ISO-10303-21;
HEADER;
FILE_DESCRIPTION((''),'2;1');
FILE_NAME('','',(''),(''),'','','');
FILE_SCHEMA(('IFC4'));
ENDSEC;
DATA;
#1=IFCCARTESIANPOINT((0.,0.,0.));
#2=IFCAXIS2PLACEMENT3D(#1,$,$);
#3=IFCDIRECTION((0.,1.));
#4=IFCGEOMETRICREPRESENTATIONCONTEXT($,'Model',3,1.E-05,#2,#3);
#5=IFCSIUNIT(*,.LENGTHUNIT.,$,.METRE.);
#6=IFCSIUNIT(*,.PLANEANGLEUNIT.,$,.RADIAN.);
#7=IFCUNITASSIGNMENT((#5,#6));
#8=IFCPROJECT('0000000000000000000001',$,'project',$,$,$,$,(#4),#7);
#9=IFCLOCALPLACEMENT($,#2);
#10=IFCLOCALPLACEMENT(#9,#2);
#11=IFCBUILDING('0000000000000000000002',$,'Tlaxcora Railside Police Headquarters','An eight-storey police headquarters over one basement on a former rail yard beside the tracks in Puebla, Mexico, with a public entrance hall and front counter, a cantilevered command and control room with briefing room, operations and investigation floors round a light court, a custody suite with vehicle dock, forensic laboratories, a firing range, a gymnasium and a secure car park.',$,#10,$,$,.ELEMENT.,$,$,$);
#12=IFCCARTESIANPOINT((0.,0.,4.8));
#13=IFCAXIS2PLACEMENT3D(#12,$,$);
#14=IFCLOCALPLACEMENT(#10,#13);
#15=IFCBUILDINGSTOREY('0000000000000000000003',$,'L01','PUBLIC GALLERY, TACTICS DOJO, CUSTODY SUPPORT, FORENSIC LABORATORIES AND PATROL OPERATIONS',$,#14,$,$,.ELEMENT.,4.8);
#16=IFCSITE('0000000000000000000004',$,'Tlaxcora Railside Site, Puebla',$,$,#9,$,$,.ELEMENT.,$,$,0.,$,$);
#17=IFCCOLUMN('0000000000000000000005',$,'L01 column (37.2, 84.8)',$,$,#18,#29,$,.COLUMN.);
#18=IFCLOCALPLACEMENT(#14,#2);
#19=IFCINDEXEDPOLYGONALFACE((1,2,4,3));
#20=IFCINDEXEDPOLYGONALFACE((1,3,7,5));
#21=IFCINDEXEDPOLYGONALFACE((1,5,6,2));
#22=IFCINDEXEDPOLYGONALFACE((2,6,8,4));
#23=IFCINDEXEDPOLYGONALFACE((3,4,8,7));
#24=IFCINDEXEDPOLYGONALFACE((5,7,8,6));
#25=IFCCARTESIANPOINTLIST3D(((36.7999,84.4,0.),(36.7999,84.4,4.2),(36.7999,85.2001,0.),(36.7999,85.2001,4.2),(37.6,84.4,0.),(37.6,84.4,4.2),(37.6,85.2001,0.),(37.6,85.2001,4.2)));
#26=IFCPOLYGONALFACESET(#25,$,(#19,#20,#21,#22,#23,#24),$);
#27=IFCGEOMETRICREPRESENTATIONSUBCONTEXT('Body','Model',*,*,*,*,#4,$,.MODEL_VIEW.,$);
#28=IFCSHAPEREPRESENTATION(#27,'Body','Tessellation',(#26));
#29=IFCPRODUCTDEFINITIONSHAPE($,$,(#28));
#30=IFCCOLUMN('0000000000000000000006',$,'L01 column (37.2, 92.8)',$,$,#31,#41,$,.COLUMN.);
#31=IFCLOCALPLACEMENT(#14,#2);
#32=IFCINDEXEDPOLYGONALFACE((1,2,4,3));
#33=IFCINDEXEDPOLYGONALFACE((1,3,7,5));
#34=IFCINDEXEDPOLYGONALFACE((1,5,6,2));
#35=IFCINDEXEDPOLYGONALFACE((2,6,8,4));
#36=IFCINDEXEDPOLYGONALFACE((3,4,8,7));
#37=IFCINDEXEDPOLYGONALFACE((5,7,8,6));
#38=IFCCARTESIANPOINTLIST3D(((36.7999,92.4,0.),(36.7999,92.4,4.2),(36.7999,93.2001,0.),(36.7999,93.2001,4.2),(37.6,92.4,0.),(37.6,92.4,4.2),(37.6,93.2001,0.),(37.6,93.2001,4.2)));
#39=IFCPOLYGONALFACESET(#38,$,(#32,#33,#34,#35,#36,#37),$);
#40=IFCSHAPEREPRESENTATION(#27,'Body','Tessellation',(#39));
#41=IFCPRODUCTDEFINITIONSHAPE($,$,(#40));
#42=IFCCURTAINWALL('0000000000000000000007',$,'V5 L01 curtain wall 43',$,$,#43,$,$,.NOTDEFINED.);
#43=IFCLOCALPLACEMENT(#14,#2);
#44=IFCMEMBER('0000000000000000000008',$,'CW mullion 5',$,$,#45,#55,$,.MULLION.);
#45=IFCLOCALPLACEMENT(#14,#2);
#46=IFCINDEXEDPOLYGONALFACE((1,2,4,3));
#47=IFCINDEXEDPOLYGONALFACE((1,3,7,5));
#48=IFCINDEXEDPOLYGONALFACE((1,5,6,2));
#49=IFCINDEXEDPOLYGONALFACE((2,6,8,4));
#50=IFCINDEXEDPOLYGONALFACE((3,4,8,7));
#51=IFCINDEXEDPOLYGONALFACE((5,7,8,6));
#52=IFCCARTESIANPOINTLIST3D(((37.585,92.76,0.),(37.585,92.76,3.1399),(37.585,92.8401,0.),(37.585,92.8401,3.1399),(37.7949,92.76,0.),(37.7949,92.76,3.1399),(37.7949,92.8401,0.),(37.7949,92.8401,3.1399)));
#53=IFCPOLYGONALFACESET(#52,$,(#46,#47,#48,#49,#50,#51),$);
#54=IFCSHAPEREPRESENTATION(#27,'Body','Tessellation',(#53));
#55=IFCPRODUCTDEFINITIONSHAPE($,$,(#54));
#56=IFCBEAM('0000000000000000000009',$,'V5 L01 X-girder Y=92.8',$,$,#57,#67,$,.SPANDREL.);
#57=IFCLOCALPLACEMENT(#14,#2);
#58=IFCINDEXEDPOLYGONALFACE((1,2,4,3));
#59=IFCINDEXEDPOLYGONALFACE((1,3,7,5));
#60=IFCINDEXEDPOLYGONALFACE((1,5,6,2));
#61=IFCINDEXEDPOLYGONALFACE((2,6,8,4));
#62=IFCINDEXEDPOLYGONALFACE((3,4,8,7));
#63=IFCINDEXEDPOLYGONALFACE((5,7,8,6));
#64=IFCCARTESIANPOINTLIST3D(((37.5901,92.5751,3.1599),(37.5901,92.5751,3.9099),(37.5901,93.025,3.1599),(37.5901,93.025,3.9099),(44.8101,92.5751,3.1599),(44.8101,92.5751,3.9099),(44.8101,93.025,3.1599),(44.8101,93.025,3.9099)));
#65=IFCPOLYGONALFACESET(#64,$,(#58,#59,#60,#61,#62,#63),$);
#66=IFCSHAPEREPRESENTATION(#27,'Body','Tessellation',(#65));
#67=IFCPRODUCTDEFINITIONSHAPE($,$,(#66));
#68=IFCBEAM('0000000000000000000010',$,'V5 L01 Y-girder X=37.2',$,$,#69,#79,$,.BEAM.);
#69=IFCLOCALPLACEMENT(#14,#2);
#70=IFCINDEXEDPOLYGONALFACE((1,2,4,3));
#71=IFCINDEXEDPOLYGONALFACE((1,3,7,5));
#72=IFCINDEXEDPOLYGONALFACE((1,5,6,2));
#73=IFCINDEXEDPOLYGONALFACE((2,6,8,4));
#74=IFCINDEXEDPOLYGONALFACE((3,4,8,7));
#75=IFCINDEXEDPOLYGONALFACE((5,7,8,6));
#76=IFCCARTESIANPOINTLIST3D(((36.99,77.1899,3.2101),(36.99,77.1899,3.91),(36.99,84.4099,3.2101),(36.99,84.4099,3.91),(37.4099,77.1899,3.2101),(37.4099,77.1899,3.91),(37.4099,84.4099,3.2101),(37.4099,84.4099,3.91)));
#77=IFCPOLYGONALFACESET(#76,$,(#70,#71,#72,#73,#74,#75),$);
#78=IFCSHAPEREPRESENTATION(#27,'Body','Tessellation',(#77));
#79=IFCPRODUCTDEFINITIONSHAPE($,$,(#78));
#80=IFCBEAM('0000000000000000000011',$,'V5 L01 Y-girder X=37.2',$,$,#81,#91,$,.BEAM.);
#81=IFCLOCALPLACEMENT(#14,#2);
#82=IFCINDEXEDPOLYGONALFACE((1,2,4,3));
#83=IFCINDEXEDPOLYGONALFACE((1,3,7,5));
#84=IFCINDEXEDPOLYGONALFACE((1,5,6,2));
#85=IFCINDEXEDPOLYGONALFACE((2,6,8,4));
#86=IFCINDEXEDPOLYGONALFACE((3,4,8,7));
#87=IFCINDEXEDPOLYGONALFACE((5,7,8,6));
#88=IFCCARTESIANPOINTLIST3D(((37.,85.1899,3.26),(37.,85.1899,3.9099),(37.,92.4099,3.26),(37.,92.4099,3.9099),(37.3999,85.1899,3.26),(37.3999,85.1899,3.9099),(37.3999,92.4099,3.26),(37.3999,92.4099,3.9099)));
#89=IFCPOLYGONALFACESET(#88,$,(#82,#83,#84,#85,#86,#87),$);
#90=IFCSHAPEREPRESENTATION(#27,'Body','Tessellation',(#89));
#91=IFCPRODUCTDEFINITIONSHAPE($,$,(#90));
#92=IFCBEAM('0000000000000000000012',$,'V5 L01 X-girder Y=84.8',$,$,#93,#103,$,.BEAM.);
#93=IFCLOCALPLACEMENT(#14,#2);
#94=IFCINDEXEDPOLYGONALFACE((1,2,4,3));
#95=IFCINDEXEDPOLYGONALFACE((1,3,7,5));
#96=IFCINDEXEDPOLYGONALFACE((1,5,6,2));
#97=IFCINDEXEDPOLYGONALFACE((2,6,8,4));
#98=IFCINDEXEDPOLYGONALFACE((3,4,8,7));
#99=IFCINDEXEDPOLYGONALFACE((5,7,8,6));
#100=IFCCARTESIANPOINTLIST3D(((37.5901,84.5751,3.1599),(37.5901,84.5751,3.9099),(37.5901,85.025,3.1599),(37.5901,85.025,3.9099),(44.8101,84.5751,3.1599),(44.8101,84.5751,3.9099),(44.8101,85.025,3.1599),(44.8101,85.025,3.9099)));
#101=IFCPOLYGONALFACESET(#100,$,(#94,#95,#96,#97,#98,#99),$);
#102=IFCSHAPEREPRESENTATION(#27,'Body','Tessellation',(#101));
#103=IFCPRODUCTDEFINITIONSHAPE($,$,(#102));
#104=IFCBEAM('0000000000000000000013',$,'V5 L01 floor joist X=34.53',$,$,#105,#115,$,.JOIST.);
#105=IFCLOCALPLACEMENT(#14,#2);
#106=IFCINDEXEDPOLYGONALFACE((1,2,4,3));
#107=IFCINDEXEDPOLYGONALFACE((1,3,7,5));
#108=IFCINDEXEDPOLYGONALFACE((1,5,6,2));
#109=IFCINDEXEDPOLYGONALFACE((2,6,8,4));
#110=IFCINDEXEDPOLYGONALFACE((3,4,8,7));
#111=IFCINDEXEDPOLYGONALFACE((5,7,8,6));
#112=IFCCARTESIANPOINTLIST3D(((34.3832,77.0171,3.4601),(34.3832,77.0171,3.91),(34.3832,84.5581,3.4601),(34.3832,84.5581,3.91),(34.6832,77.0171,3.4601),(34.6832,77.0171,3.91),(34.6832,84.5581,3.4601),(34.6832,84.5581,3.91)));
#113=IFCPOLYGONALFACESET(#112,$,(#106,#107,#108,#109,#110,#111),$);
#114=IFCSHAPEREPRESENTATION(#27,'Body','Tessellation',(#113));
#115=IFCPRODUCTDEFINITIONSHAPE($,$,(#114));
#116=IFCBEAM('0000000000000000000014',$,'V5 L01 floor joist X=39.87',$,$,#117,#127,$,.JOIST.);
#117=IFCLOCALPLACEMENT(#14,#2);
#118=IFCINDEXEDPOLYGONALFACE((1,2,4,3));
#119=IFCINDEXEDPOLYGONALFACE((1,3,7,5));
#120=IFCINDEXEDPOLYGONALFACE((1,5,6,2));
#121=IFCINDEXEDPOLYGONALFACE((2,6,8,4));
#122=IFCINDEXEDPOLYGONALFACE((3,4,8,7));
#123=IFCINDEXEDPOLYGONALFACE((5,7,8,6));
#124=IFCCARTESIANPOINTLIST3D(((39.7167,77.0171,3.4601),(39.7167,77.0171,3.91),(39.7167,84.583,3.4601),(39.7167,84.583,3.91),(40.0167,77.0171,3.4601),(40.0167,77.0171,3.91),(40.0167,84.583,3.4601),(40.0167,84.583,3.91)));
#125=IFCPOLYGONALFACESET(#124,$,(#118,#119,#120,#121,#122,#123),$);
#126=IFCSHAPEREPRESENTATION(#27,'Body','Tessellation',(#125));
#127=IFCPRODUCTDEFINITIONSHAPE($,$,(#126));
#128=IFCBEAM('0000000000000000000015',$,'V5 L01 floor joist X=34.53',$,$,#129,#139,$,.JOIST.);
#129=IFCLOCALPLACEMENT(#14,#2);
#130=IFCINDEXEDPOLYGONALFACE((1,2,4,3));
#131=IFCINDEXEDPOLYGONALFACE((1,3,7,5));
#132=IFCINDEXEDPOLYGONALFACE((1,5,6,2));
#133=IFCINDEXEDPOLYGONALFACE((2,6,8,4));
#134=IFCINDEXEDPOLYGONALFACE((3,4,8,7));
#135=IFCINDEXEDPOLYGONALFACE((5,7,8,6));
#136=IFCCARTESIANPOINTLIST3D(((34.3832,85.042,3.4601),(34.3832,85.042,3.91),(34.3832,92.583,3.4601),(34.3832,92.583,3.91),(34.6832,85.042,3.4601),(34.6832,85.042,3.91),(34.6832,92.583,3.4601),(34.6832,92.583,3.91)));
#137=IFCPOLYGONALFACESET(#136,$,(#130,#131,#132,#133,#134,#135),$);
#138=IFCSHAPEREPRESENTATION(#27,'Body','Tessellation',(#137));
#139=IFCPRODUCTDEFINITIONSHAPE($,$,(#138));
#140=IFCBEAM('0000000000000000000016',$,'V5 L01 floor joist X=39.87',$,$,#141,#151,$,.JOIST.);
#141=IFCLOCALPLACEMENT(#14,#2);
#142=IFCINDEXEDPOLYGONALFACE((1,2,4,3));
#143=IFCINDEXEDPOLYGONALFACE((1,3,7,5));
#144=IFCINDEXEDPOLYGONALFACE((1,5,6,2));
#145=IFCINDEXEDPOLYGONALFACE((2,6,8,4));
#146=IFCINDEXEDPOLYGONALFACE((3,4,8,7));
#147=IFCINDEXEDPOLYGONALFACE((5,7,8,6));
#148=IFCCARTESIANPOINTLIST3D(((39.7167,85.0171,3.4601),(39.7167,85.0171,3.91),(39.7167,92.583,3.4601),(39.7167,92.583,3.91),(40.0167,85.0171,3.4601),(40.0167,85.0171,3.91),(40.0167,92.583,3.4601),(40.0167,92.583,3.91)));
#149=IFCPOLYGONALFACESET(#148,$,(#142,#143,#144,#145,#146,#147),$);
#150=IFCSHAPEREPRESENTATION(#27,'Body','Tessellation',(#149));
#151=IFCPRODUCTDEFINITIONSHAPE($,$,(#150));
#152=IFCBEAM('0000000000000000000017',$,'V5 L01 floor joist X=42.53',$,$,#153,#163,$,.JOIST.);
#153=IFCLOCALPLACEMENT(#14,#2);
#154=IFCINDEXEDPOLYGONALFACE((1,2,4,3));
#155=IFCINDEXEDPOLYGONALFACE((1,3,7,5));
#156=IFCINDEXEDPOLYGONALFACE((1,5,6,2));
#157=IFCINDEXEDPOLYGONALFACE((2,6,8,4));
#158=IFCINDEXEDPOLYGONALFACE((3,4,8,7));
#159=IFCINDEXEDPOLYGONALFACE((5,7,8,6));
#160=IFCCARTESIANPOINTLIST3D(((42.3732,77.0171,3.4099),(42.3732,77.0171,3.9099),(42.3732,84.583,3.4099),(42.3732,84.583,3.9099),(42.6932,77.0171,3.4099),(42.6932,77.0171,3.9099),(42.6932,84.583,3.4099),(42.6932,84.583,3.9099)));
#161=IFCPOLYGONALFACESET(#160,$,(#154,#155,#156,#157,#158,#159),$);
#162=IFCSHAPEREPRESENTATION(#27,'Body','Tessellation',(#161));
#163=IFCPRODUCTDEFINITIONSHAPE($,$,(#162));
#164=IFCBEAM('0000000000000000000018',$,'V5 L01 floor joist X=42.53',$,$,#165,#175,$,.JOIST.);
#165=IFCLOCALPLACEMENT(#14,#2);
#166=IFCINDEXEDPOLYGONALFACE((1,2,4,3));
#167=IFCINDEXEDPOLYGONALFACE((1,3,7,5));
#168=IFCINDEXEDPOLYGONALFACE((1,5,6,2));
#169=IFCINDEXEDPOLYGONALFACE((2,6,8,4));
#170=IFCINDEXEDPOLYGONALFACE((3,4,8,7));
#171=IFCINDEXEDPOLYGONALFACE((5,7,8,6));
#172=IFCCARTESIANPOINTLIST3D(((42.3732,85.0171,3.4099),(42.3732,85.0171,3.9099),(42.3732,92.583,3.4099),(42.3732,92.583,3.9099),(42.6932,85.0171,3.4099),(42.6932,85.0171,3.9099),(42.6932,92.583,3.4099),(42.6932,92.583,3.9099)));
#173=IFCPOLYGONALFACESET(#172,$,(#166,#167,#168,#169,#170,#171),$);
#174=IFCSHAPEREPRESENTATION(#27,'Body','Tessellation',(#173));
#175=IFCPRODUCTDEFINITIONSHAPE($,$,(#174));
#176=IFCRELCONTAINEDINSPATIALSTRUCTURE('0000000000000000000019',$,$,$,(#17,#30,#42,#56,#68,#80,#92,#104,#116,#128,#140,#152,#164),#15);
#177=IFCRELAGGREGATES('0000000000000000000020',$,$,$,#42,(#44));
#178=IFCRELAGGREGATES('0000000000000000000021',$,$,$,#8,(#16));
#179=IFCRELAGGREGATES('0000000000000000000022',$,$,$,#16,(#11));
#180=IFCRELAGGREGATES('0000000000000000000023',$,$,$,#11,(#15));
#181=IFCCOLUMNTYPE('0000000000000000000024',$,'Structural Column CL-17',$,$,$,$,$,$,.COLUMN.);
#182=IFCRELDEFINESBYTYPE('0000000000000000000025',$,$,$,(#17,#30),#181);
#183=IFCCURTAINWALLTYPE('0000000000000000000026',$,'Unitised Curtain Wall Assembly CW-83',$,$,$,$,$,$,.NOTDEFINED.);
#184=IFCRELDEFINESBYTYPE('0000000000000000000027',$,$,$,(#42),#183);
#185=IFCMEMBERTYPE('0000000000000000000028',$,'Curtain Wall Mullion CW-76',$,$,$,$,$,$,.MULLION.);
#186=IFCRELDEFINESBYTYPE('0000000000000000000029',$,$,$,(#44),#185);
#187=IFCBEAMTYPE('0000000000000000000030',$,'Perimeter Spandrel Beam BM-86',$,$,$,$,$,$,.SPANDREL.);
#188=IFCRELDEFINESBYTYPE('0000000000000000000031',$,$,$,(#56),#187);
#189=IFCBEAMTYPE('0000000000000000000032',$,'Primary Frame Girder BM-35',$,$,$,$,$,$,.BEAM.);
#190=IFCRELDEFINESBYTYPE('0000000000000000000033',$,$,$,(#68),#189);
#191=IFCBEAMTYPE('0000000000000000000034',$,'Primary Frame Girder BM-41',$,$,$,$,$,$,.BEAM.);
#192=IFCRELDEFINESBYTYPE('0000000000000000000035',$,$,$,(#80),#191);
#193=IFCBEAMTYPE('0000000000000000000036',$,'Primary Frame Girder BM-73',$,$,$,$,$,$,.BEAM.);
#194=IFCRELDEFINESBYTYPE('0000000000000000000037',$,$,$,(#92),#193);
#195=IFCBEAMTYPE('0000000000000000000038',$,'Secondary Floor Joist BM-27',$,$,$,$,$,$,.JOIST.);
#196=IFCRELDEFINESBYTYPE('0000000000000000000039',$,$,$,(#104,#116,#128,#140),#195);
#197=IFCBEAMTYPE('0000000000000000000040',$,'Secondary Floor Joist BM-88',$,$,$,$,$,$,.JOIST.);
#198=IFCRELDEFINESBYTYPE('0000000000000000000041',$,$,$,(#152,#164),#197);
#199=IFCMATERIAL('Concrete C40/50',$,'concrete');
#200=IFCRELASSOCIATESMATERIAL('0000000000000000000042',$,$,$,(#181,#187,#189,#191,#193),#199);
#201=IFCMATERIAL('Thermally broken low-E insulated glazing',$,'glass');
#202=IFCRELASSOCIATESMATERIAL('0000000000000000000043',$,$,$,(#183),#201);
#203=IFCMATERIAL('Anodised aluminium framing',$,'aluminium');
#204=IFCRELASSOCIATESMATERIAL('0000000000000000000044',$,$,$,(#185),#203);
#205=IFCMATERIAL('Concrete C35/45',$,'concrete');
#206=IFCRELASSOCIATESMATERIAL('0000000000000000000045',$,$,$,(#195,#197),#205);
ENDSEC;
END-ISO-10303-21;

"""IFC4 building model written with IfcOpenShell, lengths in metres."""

from ifc_helpers import new_model, si_unit, direction, frame, origin, origin_2d, place, context, subcontext, project, spatial, rectangle, extrude, material, material_profile, profile_set, type_object, element, aggregate, save


model = new_model("IFC4")

# Units and contexts
model_context = context("Model", 3, precision=1e-05, world=origin(), true_north=direction((0.0, 1.0)))
body_context = subcontext(model_context, "Body", "Model", "MODEL_VIEW")
ifc_project = project(units=[si_unit("LENGTHUNIT", "METRE"), si_unit("PLANEANGLEUNIT", "RADIAN")], contexts=[model_context])

# Site, building, storey
site_placement = place(None, origin())
site = spatial("IfcSite", under=ifc_project, at=site_placement, Name="Tlaxcora Railside Site, Puebla", CompositionType="ELEMENT", RefElevation=0.0)
building_placement = place(site_placement, origin())
building = spatial("IfcBuilding", under=site, at=building_placement, Name="Tlaxcora Railside Police Headquarters", Description="An eight-storey police headquarters over one basement on a former rail yard beside the tracks in Puebla, Mexico, with a public entrance hall and front counter, a cantilevered command and control room with briefing room, operations and investigation floors round a light court, a custody suite with vehicle dock, forensic laboratories, a firing range, a gymnasium and a secure car park.", CompositionType="ELEMENT")
storey_placement = place(building_placement, frame((0.0, 0.0, 4.8)))
storey = spatial("IfcBuildingStorey", under=building, at=storey_placement, Name="L01", Description="PUBLIC GALLERY, TACTICS DOJO, CUSTODY SUPPORT, FORENSIC LABORATORIES AND PATROL OPERATIONS", CompositionType="ELEMENT", Elevation=4.8)

# Columns
ifc_material_1 = material(Name="Concrete C40/50", Category="concrete")
ifc_material_profile_1 = material_profile(ifc_material_1, rectangle(XDim=0.8, YDim=0.8, at=origin_2d()), Name="RC800X800")
ifc_profile_set_1 = profile_set([ifc_material_profile_1], Name="Concrete C40/50")
column_type = type_object("IfcColumnType", Name="Structural Column CL-17", PredefinedType="COLUMN", material=ifc_profile_set_1)
for number, where, z_axis, x_axis, name in (
    (1, (37.2, 84.8, 0.0), (0.0, 0.0, 1.0), (1.0, 0.0, 0.0), "L01 column (37.2, 84.8)"),
    (2, (37.2, 92.8, 0.0), (0.0, 0.0, 1.0), (1.0, 0.0, 0.0), "L01 column (37.2, 92.8)"),
):
    element("IfcColumn", number, at=place(storey_placement, frame(where, z_axis=z_axis, x_axis=x_axis)), inside=storey, type_object=column_type, Name=name, PredefinedType="COLUMN", context=body_context, shape_type="SweptSolid", body=[
        extrude(rectangle(XDim=0.8, YDim=0.8, at=origin_2d()), origin(), (0.0, 0.0, 1.0), 4.2),
    ])

# Curtain wall, member
ifc_material_2 = material(Name="Thermally broken low-E insulated glazing", Category="glass")
curtain_wall_type = type_object("IfcCurtainWallType", Name="Unitised Curtain Wall Assembly CW-83", PredefinedType="NOTDEFINED", material=ifc_material_2)
curtain_wall_placement = place(storey_placement, origin())
curtain_wall = element("IfcCurtainWall", 3, at=curtain_wall_placement, inside=storey, type_object=curtain_wall_type, Name="V5 L01 curtain wall 43", PredefinedType="NOTDEFINED")
ifc_material_3 = material(Name="Anodised aluminium framing", Category="aluminium")
ifc_material_profile_2 = material_profile(ifc_material_3, rectangle(XDim=0.0801, YDim=0.21, at=origin_2d()), Name="AL80X210")
ifc_profile_set_2 = profile_set([ifc_material_profile_2], Name="Anodised aluminium framing")
member_type = type_object("IfcMemberType", Name="Curtain Wall Mullion CW-76", PredefinedType="MULLION", material=ifc_profile_set_2)
member_placement = place(storey_placement, frame((37.6899, 92.8, 0.0), z_axis=(0.0, 0.0, 1.0), x_axis=(0.0, -1.0, 0.0)))
member = element("IfcMember", 4, at=member_placement, type_object=member_type, Name="CW mullion 5", PredefinedType="MULLION", context=body_context, shape_type="SweptSolid", body=[
    extrude(rectangle(XDim=0.0801, YDim=0.21, at=origin_2d()), origin(), (0.0, 0.0, 1.0), 3.1399),
])
aggregate(curtain_wall, [member])

# Beams
ifc_material_profile_3 = material_profile(ifc_material_1, rectangle(XDim=0.45, YDim=0.75, at=origin_2d()), Name="RC450X750")
ifc_profile_set_3 = profile_set([ifc_material_profile_3], Name="Concrete C40/50")
beam_type_1 = type_object("IfcBeamType", Name="Perimeter Spandrel Beam BM-86", PredefinedType="SPANDREL", material=ifc_profile_set_3)
beam_1_placement = place(storey_placement, frame((37.5901, 92.8, 3.5349), z_axis=(1.0, 0.0, 0.0), x_axis=(0.0, 1.0, 0.0)))
element("IfcBeam", 5, at=beam_1_placement, inside=storey, type_object=beam_type_1, Name="V5 L01 X-girder Y=92.8", PredefinedType="SPANDREL", context=body_context, shape_type="SweptSolid", body=[
    extrude(rectangle(XDim=0.45, YDim=0.75, at=origin_2d()), origin(), (0.0, 0.0, 1.0), 7.22),
])
ifc_material_profile_4 = material_profile(ifc_material_1, rectangle(XDim=0.4199, YDim=0.7, at=origin_2d()), Name="RC420X700")
ifc_profile_set_4 = profile_set([ifc_material_profile_4], Name="Concrete C40/50")
beam_type_2 = type_object("IfcBeamType", Name="Primary Frame Girder BM-35", PredefinedType="BEAM", material=ifc_profile_set_4)
beam_2_placement = place(storey_placement, frame((37.2, 77.1899, 3.5601), z_axis=(0.0, 1.0, 0.0), x_axis=(-1.0, 0.0, 0.0)))
element("IfcBeam", 6, at=beam_2_placement, inside=storey, type_object=beam_type_2, Name="V5 L01 Y-girder X=37.2", PredefinedType="BEAM", context=body_context, shape_type="SweptSolid", body=[
    extrude(rectangle(XDim=0.4199, YDim=0.7, at=origin_2d()), origin(), (0.0, 0.0, 1.0), 7.22),
])
ifc_material_profile_5 = material_profile(ifc_material_1, rectangle(XDim=0.3999, YDim=0.6499, at=origin_2d()), Name="RC400X650")
ifc_profile_set_5 = profile_set([ifc_material_profile_5], Name="Concrete C40/50")
beam_type_3 = type_object("IfcBeamType", Name="Primary Frame Girder BM-41", PredefinedType="BEAM", material=ifc_profile_set_5)
beam_3_placement = place(storey_placement, frame((37.2, 85.1899, 3.585), z_axis=(0.0, 1.0, 0.0), x_axis=(-1.0, 0.0, 0.0)))
element("IfcBeam", 7, at=beam_3_placement, inside=storey, type_object=beam_type_3, Name="V5 L01 Y-girder X=37.2", PredefinedType="BEAM", context=body_context, shape_type="SweptSolid", body=[
    extrude(rectangle(XDim=0.3999, YDim=0.6499, at=origin_2d()), origin(), (0.0, 0.0, 1.0), 7.22),
])
ifc_material_profile_6 = material_profile(ifc_material_1, rectangle(XDim=0.45, YDim=0.75, at=origin_2d()), Name="RC450X750")
ifc_profile_set_6 = profile_set([ifc_material_profile_6], Name="Concrete C40/50")
beam_type_4 = type_object("IfcBeamType", Name="Primary Frame Girder BM-73", PredefinedType="BEAM", material=ifc_profile_set_6)
beam_4_placement = place(storey_placement, frame((37.5901, 84.8, 3.5349), z_axis=(1.0, 0.0, 0.0), x_axis=(0.0, 1.0, 0.0)))
element("IfcBeam", 8, at=beam_4_placement, inside=storey, type_object=beam_type_4, Name="V5 L01 X-girder Y=84.8", PredefinedType="BEAM", context=body_context, shape_type="SweptSolid", body=[
    extrude(rectangle(XDim=0.45, YDim=0.75, at=origin_2d()), origin(), (0.0, 0.0, 1.0), 7.22),
])
ifc_material_4 = material(Name="Concrete C35/45", Category="concrete")
ifc_material_profile_7 = material_profile(ifc_material_4, rectangle(XDim=0.3, YDim=0.45, at=origin_2d()), Name="RC300X450")
ifc_profile_set_7 = profile_set([ifc_material_profile_7], Name="Concrete C35/45")
beam_type_5 = type_object("IfcBeamType", Name="Secondary Floor Joist BM-27", PredefinedType="JOIST", material=ifc_profile_set_7)
beam_5_placement = place(storey_placement, frame((34.5332, 77.0171, 3.6851), z_axis=(0.0, 1.0, 0.0), x_axis=(-1.0, 0.0, 0.0)))
element("IfcBeam", 9, at=beam_5_placement, inside=storey, type_object=beam_type_5, Name="V5 L01 floor joist X=34.53", PredefinedType="JOIST", context=body_context, shape_type="SweptSolid", body=[
    extrude(rectangle(XDim=0.3, YDim=0.45, at=origin_2d()), origin(), (0.0, 0.0, 1.0), 7.541),
])
beam_6_placement = place(storey_placement, frame((39.8667, 77.0171, 3.6851), z_axis=(0.0, 1.0, 0.0), x_axis=(-1.0, 0.0, 0.0)))
element("IfcBeam", 10, at=beam_6_placement, inside=storey, type_object=beam_type_5, Name="V5 L01 floor joist X=39.87", PredefinedType="JOIST", context=body_context, shape_type="SweptSolid", body=[
    extrude(rectangle(XDim=0.3, YDim=0.45, at=origin_2d()), origin(), (0.0, 0.0, 1.0), 7.5659),
])
beam_7_placement = place(storey_placement, frame((34.5332, 85.042, 3.6851), z_axis=(0.0, 1.0, 0.0), x_axis=(-1.0, 0.0, 0.0)))
element("IfcBeam", 11, at=beam_7_placement, inside=storey, type_object=beam_type_5, Name="V5 L01 floor joist X=34.53", PredefinedType="JOIST", context=body_context, shape_type="SweptSolid", body=[
    extrude(rectangle(XDim=0.3, YDim=0.45, at=origin_2d()), origin(), (0.0, 0.0, 1.0), 7.541),
])
beam_8_placement = place(storey_placement, frame((39.8667, 85.0171, 3.6851), z_axis=(0.0, 1.0, 0.0), x_axis=(-1.0, 0.0, 0.0)))
element("IfcBeam", 12, at=beam_8_placement, inside=storey, type_object=beam_type_5, Name="V5 L01 floor joist X=39.87", PredefinedType="JOIST", context=body_context, shape_type="SweptSolid", body=[
    extrude(rectangle(XDim=0.3, YDim=0.45, at=origin_2d()), origin(), (0.0, 0.0, 1.0), 7.5659),
])
ifc_material_profile_8 = material_profile(ifc_material_4, rectangle(XDim=0.3201, YDim=0.5, at=origin_2d()), Name="RC320X500")
ifc_profile_set_8 = profile_set([ifc_material_profile_8], Name="Concrete C35/45")
beam_type_6 = type_object("IfcBeamType", Name="Secondary Floor Joist BM-88", PredefinedType="JOIST", material=ifc_profile_set_8)
for number, where, z_axis, x_axis, name in (
    (13, (42.5332, 77.0171, 3.6599), (0.0, 1.0, 0.0), (-1.0, 0.0, 0.0), "V5 L01 floor joist X=42.53"),
    (14, (42.5332, 85.0171, 3.6599), (0.0, 1.0, 0.0), (-1.0, 0.0, 0.0), "V5 L01 floor joist X=42.53"),
):
    element("IfcBeam", number, at=place(storey_placement, frame(where, z_axis=z_axis, x_axis=x_axis)), inside=storey, type_object=beam_type_6, Name=name, PredefinedType="JOIST", context=body_context, shape_type="SweptSolid", body=[
        extrude(rectangle(XDim=0.3201, YDim=0.5, at=origin_2d()), origin(), (0.0, 0.0, 1.0), 7.5659),
    ])

save(model, "model.ifc")
